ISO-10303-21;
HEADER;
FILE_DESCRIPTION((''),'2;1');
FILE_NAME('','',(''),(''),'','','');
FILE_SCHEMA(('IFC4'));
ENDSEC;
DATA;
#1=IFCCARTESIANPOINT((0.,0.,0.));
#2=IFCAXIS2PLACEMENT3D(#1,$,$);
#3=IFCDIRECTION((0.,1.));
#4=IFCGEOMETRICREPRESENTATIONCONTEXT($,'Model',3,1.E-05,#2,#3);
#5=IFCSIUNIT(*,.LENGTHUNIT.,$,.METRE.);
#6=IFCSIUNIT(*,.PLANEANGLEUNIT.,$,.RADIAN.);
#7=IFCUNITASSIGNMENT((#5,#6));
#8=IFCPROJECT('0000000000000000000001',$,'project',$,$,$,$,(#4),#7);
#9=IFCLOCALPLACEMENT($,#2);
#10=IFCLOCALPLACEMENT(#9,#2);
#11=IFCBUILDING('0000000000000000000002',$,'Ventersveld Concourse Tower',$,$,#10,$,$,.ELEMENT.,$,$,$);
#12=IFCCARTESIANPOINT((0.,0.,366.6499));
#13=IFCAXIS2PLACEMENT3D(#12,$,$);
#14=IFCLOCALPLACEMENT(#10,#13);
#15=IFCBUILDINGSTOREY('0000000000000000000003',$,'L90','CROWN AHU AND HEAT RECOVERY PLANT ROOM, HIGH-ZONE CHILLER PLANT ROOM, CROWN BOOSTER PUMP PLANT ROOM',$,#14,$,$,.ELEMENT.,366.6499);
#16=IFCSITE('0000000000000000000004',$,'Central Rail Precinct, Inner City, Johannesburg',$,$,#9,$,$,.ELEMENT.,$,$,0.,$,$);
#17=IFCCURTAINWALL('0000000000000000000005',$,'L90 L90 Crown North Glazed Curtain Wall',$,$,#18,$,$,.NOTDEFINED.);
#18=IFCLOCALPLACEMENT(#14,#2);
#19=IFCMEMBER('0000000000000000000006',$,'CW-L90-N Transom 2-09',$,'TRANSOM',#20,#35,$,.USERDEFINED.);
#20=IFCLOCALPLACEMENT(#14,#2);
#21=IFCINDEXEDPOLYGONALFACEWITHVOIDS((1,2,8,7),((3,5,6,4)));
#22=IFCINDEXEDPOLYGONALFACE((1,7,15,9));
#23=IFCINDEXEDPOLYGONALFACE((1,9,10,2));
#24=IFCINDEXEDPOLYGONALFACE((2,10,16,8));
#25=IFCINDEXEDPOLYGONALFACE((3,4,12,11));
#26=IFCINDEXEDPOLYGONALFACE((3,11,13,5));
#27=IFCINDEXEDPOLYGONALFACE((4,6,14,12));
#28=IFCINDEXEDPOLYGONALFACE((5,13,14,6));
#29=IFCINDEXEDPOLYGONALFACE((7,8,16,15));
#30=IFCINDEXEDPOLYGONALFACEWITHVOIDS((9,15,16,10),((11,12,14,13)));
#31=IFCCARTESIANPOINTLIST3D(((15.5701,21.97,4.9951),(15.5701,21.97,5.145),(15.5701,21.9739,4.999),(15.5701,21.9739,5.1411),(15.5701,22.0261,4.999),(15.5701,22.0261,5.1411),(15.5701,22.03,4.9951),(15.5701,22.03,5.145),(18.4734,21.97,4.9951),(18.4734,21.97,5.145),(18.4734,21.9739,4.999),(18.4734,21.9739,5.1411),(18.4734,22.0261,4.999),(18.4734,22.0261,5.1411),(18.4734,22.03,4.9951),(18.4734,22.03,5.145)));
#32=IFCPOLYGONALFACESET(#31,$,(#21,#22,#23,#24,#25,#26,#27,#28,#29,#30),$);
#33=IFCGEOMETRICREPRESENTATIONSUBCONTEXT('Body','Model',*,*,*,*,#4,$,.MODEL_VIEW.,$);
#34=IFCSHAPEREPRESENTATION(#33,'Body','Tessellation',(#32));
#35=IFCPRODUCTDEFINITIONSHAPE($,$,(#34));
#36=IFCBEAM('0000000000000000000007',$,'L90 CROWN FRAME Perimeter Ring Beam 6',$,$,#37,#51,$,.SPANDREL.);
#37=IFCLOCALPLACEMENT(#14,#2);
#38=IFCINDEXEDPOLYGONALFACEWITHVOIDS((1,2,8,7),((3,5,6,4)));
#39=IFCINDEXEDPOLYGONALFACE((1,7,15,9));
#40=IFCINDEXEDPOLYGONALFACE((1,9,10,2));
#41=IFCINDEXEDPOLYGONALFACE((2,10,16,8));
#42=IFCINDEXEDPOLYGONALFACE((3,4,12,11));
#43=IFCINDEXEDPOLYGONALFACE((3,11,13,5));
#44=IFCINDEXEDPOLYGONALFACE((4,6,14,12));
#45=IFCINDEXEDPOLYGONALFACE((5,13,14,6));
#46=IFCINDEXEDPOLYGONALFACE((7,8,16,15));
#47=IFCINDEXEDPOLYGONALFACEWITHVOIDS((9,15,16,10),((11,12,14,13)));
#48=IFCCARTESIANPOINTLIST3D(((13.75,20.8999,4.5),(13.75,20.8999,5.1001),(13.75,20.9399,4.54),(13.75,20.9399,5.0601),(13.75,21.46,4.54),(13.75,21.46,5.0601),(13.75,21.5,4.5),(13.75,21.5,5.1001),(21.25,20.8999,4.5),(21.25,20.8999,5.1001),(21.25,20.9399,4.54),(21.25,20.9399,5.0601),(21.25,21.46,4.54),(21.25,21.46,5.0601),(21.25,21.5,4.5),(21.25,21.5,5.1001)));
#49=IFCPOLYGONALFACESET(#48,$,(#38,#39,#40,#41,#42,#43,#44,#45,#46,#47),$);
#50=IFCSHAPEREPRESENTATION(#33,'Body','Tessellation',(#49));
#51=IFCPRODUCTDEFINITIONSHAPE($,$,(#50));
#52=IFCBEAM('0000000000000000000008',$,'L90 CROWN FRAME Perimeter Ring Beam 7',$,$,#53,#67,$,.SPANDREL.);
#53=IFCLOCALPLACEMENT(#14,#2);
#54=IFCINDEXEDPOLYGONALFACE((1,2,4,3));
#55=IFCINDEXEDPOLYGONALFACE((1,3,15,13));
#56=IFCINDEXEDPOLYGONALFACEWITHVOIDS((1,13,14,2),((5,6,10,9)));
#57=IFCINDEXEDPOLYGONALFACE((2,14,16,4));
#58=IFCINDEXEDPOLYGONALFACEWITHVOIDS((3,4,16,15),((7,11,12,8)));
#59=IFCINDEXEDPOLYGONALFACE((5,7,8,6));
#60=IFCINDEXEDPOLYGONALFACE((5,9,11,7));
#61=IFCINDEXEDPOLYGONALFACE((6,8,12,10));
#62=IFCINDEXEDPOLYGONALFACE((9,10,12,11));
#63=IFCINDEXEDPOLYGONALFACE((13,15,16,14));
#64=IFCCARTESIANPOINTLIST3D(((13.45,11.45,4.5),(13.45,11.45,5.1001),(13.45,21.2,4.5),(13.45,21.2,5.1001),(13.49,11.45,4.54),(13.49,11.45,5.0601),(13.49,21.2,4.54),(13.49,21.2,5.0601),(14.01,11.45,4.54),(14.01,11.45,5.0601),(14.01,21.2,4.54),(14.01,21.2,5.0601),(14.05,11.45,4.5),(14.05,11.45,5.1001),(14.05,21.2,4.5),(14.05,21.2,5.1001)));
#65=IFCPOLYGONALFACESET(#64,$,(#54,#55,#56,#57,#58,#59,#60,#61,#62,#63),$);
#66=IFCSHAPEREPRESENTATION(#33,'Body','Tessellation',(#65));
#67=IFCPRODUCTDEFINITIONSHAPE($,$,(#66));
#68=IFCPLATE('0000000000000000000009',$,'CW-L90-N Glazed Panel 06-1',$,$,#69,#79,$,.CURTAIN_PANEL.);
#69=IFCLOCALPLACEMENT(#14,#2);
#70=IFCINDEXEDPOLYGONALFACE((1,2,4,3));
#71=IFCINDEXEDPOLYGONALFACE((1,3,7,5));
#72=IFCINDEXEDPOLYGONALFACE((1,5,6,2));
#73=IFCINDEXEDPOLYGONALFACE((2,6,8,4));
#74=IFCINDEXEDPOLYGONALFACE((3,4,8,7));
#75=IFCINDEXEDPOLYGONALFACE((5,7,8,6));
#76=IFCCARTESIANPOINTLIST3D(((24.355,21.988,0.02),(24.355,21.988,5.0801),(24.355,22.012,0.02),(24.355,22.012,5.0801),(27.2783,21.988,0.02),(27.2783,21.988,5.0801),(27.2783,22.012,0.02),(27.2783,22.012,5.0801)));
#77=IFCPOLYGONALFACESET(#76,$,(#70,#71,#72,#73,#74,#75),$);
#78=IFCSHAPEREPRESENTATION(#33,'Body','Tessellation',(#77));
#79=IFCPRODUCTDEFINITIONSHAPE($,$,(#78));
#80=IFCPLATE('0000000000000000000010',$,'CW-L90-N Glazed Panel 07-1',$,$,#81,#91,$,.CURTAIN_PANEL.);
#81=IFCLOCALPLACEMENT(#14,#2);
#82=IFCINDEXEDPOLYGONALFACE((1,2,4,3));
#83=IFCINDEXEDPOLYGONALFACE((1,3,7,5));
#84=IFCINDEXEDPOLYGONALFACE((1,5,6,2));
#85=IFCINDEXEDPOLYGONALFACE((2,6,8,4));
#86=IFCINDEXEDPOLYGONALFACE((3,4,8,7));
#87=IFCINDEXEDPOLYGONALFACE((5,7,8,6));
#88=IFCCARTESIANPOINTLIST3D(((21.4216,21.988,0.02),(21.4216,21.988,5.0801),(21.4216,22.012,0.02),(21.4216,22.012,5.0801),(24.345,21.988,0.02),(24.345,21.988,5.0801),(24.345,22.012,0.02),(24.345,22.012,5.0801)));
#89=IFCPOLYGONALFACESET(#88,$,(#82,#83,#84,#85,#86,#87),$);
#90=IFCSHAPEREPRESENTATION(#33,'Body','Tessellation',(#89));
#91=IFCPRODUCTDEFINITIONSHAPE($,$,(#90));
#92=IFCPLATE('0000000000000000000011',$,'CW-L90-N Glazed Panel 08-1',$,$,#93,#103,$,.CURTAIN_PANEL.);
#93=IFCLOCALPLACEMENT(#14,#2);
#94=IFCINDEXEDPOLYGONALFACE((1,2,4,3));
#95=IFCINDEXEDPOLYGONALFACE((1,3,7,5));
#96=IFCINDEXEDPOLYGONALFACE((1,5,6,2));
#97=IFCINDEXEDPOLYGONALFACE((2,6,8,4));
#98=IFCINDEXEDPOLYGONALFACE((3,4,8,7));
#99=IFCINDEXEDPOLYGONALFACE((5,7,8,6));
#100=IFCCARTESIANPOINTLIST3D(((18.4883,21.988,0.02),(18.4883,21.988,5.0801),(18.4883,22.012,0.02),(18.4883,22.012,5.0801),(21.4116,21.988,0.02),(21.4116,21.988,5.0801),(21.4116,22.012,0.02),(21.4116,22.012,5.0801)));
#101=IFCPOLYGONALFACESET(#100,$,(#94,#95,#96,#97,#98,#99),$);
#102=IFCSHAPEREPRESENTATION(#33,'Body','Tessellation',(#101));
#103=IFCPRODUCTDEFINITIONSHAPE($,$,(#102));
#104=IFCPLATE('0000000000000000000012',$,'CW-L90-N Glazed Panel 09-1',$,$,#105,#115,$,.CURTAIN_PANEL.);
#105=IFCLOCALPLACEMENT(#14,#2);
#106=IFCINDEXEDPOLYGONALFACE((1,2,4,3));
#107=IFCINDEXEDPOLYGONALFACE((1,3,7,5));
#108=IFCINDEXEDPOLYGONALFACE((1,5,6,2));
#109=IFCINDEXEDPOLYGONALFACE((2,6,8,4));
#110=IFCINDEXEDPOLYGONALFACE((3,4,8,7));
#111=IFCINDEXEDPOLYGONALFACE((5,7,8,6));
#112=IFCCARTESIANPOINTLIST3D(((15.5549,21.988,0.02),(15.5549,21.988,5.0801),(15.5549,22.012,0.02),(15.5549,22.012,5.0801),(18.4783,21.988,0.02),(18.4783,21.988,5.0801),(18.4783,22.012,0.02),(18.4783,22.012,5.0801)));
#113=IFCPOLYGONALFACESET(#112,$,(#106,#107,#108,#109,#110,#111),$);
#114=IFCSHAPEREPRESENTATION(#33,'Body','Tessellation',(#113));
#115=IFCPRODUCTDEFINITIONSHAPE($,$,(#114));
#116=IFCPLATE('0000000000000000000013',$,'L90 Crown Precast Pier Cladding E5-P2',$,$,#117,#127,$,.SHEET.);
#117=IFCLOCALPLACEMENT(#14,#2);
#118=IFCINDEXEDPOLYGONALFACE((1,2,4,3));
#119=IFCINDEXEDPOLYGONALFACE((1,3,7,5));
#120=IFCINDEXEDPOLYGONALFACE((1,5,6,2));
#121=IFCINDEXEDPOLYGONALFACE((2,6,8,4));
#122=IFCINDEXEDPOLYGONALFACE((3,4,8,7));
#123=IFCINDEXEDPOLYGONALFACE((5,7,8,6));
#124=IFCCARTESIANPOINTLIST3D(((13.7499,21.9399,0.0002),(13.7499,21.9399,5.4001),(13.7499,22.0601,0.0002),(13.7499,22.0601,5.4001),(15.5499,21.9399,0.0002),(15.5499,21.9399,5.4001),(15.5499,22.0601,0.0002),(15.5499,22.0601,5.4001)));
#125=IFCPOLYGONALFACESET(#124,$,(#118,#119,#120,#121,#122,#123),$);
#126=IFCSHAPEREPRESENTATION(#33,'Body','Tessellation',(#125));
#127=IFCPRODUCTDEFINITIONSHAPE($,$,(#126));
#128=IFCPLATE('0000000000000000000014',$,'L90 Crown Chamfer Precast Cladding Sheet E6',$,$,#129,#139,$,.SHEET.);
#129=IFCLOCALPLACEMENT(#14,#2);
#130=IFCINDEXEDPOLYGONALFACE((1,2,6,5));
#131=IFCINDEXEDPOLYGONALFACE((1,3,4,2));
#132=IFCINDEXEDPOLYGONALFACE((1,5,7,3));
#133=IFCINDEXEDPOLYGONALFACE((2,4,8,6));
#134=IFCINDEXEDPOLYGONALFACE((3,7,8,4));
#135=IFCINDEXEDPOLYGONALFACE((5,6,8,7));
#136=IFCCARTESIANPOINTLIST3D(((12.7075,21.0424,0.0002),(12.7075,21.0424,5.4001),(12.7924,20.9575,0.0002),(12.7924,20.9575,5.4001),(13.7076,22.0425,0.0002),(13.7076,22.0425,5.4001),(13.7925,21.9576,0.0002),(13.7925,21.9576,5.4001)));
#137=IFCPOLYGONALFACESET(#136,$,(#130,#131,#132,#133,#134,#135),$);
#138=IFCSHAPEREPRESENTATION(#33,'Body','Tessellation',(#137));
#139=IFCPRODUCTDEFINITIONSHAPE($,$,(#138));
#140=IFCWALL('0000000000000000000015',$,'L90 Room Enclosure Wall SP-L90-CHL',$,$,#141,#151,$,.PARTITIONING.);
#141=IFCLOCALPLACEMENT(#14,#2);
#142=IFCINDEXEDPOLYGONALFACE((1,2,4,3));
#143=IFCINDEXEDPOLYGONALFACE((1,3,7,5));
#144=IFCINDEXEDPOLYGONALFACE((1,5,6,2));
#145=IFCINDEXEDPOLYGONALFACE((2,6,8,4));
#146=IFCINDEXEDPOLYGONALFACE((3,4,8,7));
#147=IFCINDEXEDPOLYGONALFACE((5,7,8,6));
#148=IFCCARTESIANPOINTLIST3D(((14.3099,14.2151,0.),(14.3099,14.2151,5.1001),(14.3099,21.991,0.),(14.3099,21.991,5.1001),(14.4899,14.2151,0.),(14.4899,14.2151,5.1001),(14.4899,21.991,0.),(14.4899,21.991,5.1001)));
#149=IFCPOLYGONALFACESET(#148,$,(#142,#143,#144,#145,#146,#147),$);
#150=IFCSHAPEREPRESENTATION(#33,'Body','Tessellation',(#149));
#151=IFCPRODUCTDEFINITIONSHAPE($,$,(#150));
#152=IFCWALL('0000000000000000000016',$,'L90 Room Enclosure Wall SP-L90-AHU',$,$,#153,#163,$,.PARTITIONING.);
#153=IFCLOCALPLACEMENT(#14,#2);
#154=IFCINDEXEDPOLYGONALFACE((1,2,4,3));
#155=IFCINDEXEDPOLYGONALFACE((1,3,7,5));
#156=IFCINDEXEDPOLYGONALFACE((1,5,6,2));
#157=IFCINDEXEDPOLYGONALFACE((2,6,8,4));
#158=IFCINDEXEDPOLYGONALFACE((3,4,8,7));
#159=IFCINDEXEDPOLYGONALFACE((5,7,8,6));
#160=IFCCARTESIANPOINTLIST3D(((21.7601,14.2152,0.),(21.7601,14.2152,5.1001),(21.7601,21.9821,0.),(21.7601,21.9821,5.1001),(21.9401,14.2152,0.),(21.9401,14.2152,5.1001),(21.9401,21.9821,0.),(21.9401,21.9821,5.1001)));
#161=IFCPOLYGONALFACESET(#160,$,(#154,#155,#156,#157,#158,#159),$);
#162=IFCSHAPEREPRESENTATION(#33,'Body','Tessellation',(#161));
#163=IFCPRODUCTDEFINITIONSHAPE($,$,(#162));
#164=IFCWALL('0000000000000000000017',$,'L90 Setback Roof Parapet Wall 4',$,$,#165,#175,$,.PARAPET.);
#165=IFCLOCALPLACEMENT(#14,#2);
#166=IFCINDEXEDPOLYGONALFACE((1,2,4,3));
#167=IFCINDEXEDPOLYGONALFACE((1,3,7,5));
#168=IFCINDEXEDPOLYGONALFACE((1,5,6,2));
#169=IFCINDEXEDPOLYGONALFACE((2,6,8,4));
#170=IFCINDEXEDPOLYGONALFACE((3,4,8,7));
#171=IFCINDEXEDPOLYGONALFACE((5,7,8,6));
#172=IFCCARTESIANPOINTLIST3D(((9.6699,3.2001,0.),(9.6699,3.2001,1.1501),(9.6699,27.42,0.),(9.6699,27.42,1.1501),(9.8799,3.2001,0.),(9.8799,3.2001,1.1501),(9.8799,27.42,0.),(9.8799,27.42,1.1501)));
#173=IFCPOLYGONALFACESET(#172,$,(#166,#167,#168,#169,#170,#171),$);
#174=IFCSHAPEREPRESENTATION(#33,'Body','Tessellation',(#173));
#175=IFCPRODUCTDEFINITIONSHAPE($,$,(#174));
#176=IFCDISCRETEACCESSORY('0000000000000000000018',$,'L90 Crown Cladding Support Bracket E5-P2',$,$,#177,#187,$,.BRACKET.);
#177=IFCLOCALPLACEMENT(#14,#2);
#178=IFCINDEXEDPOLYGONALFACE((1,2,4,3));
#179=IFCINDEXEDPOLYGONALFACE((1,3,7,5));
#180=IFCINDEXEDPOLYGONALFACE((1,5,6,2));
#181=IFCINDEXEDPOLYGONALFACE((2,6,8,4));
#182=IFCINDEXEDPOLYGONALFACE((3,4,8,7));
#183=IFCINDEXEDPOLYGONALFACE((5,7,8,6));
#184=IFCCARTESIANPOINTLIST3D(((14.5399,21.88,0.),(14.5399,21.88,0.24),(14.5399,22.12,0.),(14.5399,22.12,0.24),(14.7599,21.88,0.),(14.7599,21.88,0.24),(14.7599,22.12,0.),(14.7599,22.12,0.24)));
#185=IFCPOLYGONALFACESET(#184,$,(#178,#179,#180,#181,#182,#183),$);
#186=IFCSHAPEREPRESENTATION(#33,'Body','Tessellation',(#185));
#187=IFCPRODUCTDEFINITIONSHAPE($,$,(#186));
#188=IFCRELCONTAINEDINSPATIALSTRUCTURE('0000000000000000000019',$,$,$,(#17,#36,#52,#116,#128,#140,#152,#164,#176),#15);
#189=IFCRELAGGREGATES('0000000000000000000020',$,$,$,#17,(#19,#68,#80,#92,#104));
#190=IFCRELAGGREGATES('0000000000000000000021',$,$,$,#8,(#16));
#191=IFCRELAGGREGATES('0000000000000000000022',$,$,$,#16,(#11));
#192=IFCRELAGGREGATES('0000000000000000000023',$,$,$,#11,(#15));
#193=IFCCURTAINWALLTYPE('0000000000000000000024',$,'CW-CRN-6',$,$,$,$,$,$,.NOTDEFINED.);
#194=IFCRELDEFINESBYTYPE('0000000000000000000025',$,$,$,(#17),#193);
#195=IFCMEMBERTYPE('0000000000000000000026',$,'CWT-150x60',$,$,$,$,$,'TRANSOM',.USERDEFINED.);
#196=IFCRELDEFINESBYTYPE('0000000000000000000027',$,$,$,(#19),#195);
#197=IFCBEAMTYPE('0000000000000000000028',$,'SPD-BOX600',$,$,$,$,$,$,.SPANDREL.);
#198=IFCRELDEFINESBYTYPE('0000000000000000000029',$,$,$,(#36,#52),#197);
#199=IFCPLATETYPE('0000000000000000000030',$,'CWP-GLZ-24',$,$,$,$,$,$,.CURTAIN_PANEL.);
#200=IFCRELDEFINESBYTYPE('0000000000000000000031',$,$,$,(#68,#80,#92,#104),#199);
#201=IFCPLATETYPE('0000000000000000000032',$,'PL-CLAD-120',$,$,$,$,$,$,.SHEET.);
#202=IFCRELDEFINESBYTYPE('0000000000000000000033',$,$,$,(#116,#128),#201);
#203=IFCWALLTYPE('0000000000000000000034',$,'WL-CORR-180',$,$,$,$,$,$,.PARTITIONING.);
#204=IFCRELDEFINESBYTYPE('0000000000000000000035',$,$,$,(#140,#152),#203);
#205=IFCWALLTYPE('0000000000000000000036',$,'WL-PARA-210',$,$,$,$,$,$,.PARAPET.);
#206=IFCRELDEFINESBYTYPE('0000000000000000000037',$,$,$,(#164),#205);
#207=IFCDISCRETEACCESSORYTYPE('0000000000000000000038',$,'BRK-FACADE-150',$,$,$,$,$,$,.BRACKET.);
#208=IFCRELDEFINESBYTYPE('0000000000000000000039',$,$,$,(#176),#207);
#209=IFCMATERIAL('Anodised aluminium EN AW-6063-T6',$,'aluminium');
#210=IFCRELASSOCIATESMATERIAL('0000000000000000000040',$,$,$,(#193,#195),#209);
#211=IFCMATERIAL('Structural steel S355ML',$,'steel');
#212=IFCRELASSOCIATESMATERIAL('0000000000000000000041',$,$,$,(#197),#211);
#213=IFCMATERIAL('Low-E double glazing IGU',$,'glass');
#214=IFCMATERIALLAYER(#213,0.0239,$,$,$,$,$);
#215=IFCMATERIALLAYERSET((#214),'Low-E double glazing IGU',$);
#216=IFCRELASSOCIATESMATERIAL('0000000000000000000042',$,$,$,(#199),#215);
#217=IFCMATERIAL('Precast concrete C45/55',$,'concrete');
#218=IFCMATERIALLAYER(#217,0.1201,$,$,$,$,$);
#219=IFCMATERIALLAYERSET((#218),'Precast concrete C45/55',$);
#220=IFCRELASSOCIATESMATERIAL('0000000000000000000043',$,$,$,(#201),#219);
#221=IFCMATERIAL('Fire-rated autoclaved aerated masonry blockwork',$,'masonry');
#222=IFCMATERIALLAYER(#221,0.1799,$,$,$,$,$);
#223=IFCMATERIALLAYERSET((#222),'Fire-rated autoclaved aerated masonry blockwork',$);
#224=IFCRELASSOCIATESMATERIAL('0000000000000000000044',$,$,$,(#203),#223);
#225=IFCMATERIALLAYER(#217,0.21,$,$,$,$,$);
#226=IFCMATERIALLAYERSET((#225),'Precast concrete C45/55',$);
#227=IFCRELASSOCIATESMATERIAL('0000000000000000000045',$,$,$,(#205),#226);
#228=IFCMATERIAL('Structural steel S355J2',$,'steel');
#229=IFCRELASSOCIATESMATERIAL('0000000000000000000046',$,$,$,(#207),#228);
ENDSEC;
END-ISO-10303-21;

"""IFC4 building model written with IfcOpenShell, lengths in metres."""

from ifc_helpers import new_model, si_unit, direction, frame, frame_2d, origin, origin_2d, place, context, subcontext, project, spatial, rectangle, hollow_rectangle, extrude, material, layer, layer_set, material_profile, profile_set, type_object, element, aggregate, save


model = new_model("IFC4")

# Units and contexts
model_context = context("Model", 3, precision=1e-05, world=origin(), true_north=direction((0.0, 1.0)))
body_context = subcontext(model_context, "Body", "Model", "MODEL_VIEW")
ifc_project = project(units=[si_unit("LENGTHUNIT", "METRE"), si_unit("PLANEANGLEUNIT", "RADIAN")], contexts=[model_context])

# Site, building, storey
site_placement = place(None, origin())
site = spatial("IfcSite", under=ifc_project, at=site_placement, Name="Central Rail Precinct, Inner City, Johannesburg", CompositionType="ELEMENT", RefElevation=0.0)
building_placement = place(site_placement, origin())
building = spatial("IfcBuilding", under=site, at=building_placement, Name="Ventersveld Concourse Tower", CompositionType="ELEMENT")
storey_placement = place(building_placement, frame((0.0, 0.0, 366.6499)))
storey = spatial("IfcBuildingStorey", under=building, at=storey_placement, Name="L90", Description="CROWN AHU AND HEAT RECOVERY PLANT ROOM, HIGH-ZONE CHILLER PLANT ROOM, CROWN BOOSTER PUMP PLANT ROOM", CompositionType="ELEMENT", Elevation=366.6499)

# Shared definitions
ifc_material_1 = material(Name="Structural steel S355ML", Category="steel")

# Curtain wall, member
ifc_material_2 = material(Name="Anodised aluminium EN AW-6063-T6", Category="aluminium")
curtain_wall_type = type_object("IfcCurtainWallType", Name="CW-CRN-6", PredefinedType="NOTDEFINED", material=ifc_material_2)
curtain_wall_placement = place(storey_placement, origin())
curtain_wall = element("IfcCurtainWall", 1, at=curtain_wall_placement, inside=storey, type_object=curtain_wall_type, Name="L90 L90 Crown North Glazed Curtain Wall", PredefinedType="NOTDEFINED")
ifc_material_profile_1 = material_profile(ifc_material_2, hollow_rectangle(XDim=0.0601, YDim=0.1499, WallThickness=0.0039, at=origin_2d()), Name="ALU 150x60x4")
ifc_profile_set_1 = profile_set([ifc_material_profile_1], Name="Anodised aluminium EN AW-6063-T6")
member_type_1 = type_object("IfcMemberType", Name="CWT-150x60", ElementType="TRANSOM", PredefinedType="USERDEFINED", material=ifc_profile_set_1)
member_1_placement = place(storey_placement, frame((18.4734, 22.0, 5.0701), z_axis=(-1.0, 0.0, 0.0), x_axis=(0.0, -1.0, 0.0)))
member_1 = element("IfcMember", 2, at=member_1_placement, type_object=member_type_1, Name="CW-L90-N Transom 2-09", ObjectType="TRANSOM", PredefinedType="USERDEFINED", context=body_context, shape_type="SweptSolid", body=[
    extrude(hollow_rectangle(XDim=0.0601, YDim=0.1499, WallThickness=0.0039, at=origin_2d()), origin(), (0.0, 0.0, 1.0), 2.9033),
])

# Beams
ifc_material_profile_2 = material_profile(ifc_material_1, hollow_rectangle(XDim=0.6001, YDim=0.6001, WallThickness=0.04, at=origin_2d()), Name="BOX 600x600x40")
ifc_profile_set_2 = profile_set([ifc_material_profile_2], Name="Structural steel S355ML")
beam_type = type_object("IfcBeamType", Name="SPD-BOX600", PredefinedType="SPANDREL", material=ifc_profile_set_2)
beam_1_placement = place(storey_placement, frame((21.25, 21.2, 4.8), z_axis=(-1.0, 0.0, 0.0), x_axis=(0.0, -1.0, 0.0)))
element("IfcBeam", 3, at=beam_1_placement, inside=storey, type_object=beam_type, Name="L90 CROWN FRAME Perimeter Ring Beam 6", PredefinedType="SPANDREL", context=body_context, shape_type="SweptSolid", body=[
    extrude(hollow_rectangle(XDim=0.6001, YDim=0.6001, WallThickness=0.04, at=origin_2d()), origin(), (0.0, 0.0, 1.0), 7.5),
])
beam_2_placement = place(storey_placement, frame((13.75, 21.2, 4.8), z_axis=(0.0, -1.0, 0.0), x_axis=(1.0, 0.0, 0.0)))
element("IfcBeam", 4, at=beam_2_placement, inside=storey, type_object=beam_type, Name="L90 CROWN FRAME Perimeter Ring Beam 7", PredefinedType="SPANDREL", context=body_context, shape_type="SweptSolid", body=[
    extrude(hollow_rectangle(XDim=0.6001, YDim=0.6001, WallThickness=0.04, at=origin_2d()), origin(), (0.0, 0.0, 1.0), 9.75),
])

# Plates
ifc_material_3 = material(Name="Low-E double glazing IGU", Category="glass")
ifc_layer_1 = layer(ifc_material_3, 0.0239)
ifc_layer_set_1 = layer_set([ifc_layer_1], Name="Low-E double glazing IGU")
plate_type_1 = type_object("IfcPlateType", Name="CWP-GLZ-24", PredefinedType="CURTAIN_PANEL", material=ifc_layer_set_1)
plate_1_placement = place(storey_placement, frame((25.8167, 22.0, 0.02), z_axis=(0.0, 0.0, 1.0), x_axis=(-1.0, 0.0, 0.0)))
plate_1 = element("IfcPlate", 5, at=plate_1_placement, type_object=plate_type_1, Name="CW-L90-N Glazed Panel 06-1", PredefinedType="CURTAIN_PANEL", context=body_context, shape_type="SweptSolid", body=[
    extrude(rectangle(XDim=2.9233, YDim=0.0239, at=origin_2d()), origin(), (0.0, 0.0, 1.0), 5.0601),
])
plate_2_placement = place(storey_placement, frame((22.8833, 22.0, 0.02), z_axis=(0.0, 0.0, 1.0), x_axis=(-1.0, 0.0, 0.0)))
plate_2 = element("IfcPlate", 6, at=plate_2_placement, type_object=plate_type_1, Name="CW-L90-N Glazed Panel 07-1", PredefinedType="CURTAIN_PANEL", context=body_context, shape_type="SweptSolid", body=[
    extrude(rectangle(XDim=2.9233, YDim=0.0239, at=origin_2d()), origin(), (0.0, 0.0, 1.0), 5.0601),
])
plate_3_placement = place(storey_placement, frame((19.95, 22.0, 0.02), z_axis=(0.0, 0.0, 1.0), x_axis=(-1.0, 0.0, 0.0)))
plate_3 = element("IfcPlate", 7, at=plate_3_placement, type_object=plate_type_1, Name="CW-L90-N Glazed Panel 08-1", PredefinedType="CURTAIN_PANEL", context=body_context, shape_type="SweptSolid", body=[
    extrude(rectangle(XDim=2.9233, YDim=0.0239, at=origin_2d()), origin(), (0.0, 0.0, 1.0), 5.0601),
])
plate_4_placement = place(storey_placement, frame((17.0166, 22.0, 0.02), z_axis=(0.0, 0.0, 1.0), x_axis=(-1.0, 0.0, 0.0)))
plate_4 = element("IfcPlate", 8, at=plate_4_placement, type_object=plate_type_1, Name="CW-L90-N Glazed Panel 09-1", PredefinedType="CURTAIN_PANEL", context=body_context, shape_type="SweptSolid", body=[
    extrude(rectangle(XDim=2.9233, YDim=0.0239, at=origin_2d()), origin(), (0.0, 0.0, 1.0), 5.0601),
])
aggregate(curtain_wall, [member_1, plate_1, plate_2, plate_3, plate_4])

# Plates
ifc_material_4 = material(Name="Precast concrete C45/55", Category="concrete")
ifc_layer_2 = layer(ifc_material_4, 0.1201)
ifc_layer_set_2 = layer_set([ifc_layer_2], Name="Precast concrete C45/55")
plate_type_2 = type_object("IfcPlateType", Name="PL-CLAD-120", PredefinedType="SHEET", material=ifc_layer_set_2)
plate_5_placement = place(storey_placement, frame((14.6499, 22.0, 0.0002), z_axis=(0.0, 0.0, 1.0), x_axis=(-1.0, 0.0, 0.0)))
element("IfcPlate", 9, at=plate_5_placement, inside=storey, type_object=plate_type_2, Name="L90 Crown Precast Pier Cladding E5-P2", PredefinedType="SHEET", context=body_context, shape_type="SweptSolid", body=[
    extrude(rectangle(XDim=1.8, YDim=0.1201, at=origin_2d()), origin(), (0.0, 0.0, 1.0), 5.3999),
])
plate_6_placement = place(storey_placement, frame((13.25, 21.5, 0.0002), z_axis=(0.0, 0.0, 1.0), x_axis=(-0.707107, -0.707107, 0.0)))
element("IfcPlate", 10, at=plate_6_placement, inside=storey, type_object=plate_type_2, Name="L90 Crown Chamfer Precast Cladding Sheet E6", PredefinedType="SHEET", context=body_context, shape_type="SweptSolid", body=[
    extrude(rectangle(XDim=1.4143, YDim=0.1201, at=origin_2d()), origin(), (0.0, 0.0, 1.0), 5.3999),
])

# Walls
ifc_material_5 = material(Name="Fire-rated autoclaved aerated masonry blockwork", Category="masonry")
ifc_layer_3 = layer(ifc_material_5, 0.1799)
ifc_layer_set_3 = layer_set([ifc_layer_3], Name="Fire-rated autoclaved aerated masonry blockwork")
wall_type_1 = type_object("IfcWallType", Name="WL-CORR-180", PredefinedType="PARTITIONING", material=ifc_layer_set_3)
wall_1_placement = place(storey_placement, frame((14.3999, 21.991, 0.0), z_axis=(0.0, 0.0, 1.0), x_axis=(0.0, -1.0, 0.0)))
element("IfcWall", 11, at=wall_1_placement, inside=storey, type_object=wall_type_1, Name="L90 Room Enclosure Wall SP-L90-CHL", PredefinedType="PARTITIONING", context=body_context, shape_type="SweptSolid", body=[
    extrude(rectangle(XDim=7.7759, YDim=0.1799, at=frame_2d((3.8879, 0.0))), origin(), (0.0, 0.0, 1.0), 5.1001),
])
wall_2_placement = place(storey_placement, frame((21.8501, 21.9819, 0.0), z_axis=(0.0, 0.0, 1.0), x_axis=(0.0, -1.0, 0.0)))
element("IfcWall", 12, at=wall_2_placement, inside=storey, type_object=wall_type_1, Name="L90 Room Enclosure Wall SP-L90-AHU", PredefinedType="PARTITIONING", context=body_context, shape_type="SweptSolid", body=[
    extrude(rectangle(XDim=7.7668, YDim=0.1799, at=frame_2d((3.8833, 0.0))), origin(), (0.0, 0.0, 1.0), 5.1001),
])
ifc_layer_4 = layer(ifc_material_4, 0.21)
ifc_layer_set_4 = layer_set([ifc_layer_4], Name="Precast concrete C45/55")
wall_type_2 = type_object("IfcWallType", Name="WL-PARA-210", PredefinedType="PARAPET", material=ifc_layer_set_4)
wall_3_placement = place(storey_placement, frame((9.7749, 27.4199, 0.0), z_axis=(0.0, 0.0, 1.0), x_axis=(0.0, -1.0, 0.0)))
element("IfcWall", 13, at=wall_3_placement, inside=storey, type_object=wall_type_2, Name="L90 Setback Roof Parapet Wall 4", PredefinedType="PARAPET", context=body_context, shape_type="SweptSolid", body=[
    extrude(rectangle(XDim=24.22, YDim=0.21, at=frame_2d((12.1099, 0.0))), origin(), (0.0, 0.0, 1.0), 1.1501),
])

# Discrete accessory
ifc_material_6 = material(Name="Structural steel S355J2", Category="steel")
discrete_accessory_type_1 = type_object("IfcDiscreteAccessoryType", Name="BRK-FACADE-150", PredefinedType="BRACKET", material=ifc_material_6)
discrete_accessory_1_placement = place(storey_placement, frame((14.6499, 22.0, 0.0), z_axis=(0.0, 0.0, 1.0), x_axis=(-1.0, 0.0, 0.0)))
element("IfcDiscreteAccessory", 14, at=discrete_accessory_1_placement, inside=storey, type_object=discrete_accessory_type_1, Name="L90 Crown Cladding Support Bracket E5-P2", PredefinedType="BRACKET", context=body_context, shape_type="SweptSolid", body=[
    extrude(rectangle(XDim=0.22, YDim=0.24, at=origin_2d()), origin(), (0.0, 0.0, 1.0), 0.24),
])

save(model, "model.ifc")
